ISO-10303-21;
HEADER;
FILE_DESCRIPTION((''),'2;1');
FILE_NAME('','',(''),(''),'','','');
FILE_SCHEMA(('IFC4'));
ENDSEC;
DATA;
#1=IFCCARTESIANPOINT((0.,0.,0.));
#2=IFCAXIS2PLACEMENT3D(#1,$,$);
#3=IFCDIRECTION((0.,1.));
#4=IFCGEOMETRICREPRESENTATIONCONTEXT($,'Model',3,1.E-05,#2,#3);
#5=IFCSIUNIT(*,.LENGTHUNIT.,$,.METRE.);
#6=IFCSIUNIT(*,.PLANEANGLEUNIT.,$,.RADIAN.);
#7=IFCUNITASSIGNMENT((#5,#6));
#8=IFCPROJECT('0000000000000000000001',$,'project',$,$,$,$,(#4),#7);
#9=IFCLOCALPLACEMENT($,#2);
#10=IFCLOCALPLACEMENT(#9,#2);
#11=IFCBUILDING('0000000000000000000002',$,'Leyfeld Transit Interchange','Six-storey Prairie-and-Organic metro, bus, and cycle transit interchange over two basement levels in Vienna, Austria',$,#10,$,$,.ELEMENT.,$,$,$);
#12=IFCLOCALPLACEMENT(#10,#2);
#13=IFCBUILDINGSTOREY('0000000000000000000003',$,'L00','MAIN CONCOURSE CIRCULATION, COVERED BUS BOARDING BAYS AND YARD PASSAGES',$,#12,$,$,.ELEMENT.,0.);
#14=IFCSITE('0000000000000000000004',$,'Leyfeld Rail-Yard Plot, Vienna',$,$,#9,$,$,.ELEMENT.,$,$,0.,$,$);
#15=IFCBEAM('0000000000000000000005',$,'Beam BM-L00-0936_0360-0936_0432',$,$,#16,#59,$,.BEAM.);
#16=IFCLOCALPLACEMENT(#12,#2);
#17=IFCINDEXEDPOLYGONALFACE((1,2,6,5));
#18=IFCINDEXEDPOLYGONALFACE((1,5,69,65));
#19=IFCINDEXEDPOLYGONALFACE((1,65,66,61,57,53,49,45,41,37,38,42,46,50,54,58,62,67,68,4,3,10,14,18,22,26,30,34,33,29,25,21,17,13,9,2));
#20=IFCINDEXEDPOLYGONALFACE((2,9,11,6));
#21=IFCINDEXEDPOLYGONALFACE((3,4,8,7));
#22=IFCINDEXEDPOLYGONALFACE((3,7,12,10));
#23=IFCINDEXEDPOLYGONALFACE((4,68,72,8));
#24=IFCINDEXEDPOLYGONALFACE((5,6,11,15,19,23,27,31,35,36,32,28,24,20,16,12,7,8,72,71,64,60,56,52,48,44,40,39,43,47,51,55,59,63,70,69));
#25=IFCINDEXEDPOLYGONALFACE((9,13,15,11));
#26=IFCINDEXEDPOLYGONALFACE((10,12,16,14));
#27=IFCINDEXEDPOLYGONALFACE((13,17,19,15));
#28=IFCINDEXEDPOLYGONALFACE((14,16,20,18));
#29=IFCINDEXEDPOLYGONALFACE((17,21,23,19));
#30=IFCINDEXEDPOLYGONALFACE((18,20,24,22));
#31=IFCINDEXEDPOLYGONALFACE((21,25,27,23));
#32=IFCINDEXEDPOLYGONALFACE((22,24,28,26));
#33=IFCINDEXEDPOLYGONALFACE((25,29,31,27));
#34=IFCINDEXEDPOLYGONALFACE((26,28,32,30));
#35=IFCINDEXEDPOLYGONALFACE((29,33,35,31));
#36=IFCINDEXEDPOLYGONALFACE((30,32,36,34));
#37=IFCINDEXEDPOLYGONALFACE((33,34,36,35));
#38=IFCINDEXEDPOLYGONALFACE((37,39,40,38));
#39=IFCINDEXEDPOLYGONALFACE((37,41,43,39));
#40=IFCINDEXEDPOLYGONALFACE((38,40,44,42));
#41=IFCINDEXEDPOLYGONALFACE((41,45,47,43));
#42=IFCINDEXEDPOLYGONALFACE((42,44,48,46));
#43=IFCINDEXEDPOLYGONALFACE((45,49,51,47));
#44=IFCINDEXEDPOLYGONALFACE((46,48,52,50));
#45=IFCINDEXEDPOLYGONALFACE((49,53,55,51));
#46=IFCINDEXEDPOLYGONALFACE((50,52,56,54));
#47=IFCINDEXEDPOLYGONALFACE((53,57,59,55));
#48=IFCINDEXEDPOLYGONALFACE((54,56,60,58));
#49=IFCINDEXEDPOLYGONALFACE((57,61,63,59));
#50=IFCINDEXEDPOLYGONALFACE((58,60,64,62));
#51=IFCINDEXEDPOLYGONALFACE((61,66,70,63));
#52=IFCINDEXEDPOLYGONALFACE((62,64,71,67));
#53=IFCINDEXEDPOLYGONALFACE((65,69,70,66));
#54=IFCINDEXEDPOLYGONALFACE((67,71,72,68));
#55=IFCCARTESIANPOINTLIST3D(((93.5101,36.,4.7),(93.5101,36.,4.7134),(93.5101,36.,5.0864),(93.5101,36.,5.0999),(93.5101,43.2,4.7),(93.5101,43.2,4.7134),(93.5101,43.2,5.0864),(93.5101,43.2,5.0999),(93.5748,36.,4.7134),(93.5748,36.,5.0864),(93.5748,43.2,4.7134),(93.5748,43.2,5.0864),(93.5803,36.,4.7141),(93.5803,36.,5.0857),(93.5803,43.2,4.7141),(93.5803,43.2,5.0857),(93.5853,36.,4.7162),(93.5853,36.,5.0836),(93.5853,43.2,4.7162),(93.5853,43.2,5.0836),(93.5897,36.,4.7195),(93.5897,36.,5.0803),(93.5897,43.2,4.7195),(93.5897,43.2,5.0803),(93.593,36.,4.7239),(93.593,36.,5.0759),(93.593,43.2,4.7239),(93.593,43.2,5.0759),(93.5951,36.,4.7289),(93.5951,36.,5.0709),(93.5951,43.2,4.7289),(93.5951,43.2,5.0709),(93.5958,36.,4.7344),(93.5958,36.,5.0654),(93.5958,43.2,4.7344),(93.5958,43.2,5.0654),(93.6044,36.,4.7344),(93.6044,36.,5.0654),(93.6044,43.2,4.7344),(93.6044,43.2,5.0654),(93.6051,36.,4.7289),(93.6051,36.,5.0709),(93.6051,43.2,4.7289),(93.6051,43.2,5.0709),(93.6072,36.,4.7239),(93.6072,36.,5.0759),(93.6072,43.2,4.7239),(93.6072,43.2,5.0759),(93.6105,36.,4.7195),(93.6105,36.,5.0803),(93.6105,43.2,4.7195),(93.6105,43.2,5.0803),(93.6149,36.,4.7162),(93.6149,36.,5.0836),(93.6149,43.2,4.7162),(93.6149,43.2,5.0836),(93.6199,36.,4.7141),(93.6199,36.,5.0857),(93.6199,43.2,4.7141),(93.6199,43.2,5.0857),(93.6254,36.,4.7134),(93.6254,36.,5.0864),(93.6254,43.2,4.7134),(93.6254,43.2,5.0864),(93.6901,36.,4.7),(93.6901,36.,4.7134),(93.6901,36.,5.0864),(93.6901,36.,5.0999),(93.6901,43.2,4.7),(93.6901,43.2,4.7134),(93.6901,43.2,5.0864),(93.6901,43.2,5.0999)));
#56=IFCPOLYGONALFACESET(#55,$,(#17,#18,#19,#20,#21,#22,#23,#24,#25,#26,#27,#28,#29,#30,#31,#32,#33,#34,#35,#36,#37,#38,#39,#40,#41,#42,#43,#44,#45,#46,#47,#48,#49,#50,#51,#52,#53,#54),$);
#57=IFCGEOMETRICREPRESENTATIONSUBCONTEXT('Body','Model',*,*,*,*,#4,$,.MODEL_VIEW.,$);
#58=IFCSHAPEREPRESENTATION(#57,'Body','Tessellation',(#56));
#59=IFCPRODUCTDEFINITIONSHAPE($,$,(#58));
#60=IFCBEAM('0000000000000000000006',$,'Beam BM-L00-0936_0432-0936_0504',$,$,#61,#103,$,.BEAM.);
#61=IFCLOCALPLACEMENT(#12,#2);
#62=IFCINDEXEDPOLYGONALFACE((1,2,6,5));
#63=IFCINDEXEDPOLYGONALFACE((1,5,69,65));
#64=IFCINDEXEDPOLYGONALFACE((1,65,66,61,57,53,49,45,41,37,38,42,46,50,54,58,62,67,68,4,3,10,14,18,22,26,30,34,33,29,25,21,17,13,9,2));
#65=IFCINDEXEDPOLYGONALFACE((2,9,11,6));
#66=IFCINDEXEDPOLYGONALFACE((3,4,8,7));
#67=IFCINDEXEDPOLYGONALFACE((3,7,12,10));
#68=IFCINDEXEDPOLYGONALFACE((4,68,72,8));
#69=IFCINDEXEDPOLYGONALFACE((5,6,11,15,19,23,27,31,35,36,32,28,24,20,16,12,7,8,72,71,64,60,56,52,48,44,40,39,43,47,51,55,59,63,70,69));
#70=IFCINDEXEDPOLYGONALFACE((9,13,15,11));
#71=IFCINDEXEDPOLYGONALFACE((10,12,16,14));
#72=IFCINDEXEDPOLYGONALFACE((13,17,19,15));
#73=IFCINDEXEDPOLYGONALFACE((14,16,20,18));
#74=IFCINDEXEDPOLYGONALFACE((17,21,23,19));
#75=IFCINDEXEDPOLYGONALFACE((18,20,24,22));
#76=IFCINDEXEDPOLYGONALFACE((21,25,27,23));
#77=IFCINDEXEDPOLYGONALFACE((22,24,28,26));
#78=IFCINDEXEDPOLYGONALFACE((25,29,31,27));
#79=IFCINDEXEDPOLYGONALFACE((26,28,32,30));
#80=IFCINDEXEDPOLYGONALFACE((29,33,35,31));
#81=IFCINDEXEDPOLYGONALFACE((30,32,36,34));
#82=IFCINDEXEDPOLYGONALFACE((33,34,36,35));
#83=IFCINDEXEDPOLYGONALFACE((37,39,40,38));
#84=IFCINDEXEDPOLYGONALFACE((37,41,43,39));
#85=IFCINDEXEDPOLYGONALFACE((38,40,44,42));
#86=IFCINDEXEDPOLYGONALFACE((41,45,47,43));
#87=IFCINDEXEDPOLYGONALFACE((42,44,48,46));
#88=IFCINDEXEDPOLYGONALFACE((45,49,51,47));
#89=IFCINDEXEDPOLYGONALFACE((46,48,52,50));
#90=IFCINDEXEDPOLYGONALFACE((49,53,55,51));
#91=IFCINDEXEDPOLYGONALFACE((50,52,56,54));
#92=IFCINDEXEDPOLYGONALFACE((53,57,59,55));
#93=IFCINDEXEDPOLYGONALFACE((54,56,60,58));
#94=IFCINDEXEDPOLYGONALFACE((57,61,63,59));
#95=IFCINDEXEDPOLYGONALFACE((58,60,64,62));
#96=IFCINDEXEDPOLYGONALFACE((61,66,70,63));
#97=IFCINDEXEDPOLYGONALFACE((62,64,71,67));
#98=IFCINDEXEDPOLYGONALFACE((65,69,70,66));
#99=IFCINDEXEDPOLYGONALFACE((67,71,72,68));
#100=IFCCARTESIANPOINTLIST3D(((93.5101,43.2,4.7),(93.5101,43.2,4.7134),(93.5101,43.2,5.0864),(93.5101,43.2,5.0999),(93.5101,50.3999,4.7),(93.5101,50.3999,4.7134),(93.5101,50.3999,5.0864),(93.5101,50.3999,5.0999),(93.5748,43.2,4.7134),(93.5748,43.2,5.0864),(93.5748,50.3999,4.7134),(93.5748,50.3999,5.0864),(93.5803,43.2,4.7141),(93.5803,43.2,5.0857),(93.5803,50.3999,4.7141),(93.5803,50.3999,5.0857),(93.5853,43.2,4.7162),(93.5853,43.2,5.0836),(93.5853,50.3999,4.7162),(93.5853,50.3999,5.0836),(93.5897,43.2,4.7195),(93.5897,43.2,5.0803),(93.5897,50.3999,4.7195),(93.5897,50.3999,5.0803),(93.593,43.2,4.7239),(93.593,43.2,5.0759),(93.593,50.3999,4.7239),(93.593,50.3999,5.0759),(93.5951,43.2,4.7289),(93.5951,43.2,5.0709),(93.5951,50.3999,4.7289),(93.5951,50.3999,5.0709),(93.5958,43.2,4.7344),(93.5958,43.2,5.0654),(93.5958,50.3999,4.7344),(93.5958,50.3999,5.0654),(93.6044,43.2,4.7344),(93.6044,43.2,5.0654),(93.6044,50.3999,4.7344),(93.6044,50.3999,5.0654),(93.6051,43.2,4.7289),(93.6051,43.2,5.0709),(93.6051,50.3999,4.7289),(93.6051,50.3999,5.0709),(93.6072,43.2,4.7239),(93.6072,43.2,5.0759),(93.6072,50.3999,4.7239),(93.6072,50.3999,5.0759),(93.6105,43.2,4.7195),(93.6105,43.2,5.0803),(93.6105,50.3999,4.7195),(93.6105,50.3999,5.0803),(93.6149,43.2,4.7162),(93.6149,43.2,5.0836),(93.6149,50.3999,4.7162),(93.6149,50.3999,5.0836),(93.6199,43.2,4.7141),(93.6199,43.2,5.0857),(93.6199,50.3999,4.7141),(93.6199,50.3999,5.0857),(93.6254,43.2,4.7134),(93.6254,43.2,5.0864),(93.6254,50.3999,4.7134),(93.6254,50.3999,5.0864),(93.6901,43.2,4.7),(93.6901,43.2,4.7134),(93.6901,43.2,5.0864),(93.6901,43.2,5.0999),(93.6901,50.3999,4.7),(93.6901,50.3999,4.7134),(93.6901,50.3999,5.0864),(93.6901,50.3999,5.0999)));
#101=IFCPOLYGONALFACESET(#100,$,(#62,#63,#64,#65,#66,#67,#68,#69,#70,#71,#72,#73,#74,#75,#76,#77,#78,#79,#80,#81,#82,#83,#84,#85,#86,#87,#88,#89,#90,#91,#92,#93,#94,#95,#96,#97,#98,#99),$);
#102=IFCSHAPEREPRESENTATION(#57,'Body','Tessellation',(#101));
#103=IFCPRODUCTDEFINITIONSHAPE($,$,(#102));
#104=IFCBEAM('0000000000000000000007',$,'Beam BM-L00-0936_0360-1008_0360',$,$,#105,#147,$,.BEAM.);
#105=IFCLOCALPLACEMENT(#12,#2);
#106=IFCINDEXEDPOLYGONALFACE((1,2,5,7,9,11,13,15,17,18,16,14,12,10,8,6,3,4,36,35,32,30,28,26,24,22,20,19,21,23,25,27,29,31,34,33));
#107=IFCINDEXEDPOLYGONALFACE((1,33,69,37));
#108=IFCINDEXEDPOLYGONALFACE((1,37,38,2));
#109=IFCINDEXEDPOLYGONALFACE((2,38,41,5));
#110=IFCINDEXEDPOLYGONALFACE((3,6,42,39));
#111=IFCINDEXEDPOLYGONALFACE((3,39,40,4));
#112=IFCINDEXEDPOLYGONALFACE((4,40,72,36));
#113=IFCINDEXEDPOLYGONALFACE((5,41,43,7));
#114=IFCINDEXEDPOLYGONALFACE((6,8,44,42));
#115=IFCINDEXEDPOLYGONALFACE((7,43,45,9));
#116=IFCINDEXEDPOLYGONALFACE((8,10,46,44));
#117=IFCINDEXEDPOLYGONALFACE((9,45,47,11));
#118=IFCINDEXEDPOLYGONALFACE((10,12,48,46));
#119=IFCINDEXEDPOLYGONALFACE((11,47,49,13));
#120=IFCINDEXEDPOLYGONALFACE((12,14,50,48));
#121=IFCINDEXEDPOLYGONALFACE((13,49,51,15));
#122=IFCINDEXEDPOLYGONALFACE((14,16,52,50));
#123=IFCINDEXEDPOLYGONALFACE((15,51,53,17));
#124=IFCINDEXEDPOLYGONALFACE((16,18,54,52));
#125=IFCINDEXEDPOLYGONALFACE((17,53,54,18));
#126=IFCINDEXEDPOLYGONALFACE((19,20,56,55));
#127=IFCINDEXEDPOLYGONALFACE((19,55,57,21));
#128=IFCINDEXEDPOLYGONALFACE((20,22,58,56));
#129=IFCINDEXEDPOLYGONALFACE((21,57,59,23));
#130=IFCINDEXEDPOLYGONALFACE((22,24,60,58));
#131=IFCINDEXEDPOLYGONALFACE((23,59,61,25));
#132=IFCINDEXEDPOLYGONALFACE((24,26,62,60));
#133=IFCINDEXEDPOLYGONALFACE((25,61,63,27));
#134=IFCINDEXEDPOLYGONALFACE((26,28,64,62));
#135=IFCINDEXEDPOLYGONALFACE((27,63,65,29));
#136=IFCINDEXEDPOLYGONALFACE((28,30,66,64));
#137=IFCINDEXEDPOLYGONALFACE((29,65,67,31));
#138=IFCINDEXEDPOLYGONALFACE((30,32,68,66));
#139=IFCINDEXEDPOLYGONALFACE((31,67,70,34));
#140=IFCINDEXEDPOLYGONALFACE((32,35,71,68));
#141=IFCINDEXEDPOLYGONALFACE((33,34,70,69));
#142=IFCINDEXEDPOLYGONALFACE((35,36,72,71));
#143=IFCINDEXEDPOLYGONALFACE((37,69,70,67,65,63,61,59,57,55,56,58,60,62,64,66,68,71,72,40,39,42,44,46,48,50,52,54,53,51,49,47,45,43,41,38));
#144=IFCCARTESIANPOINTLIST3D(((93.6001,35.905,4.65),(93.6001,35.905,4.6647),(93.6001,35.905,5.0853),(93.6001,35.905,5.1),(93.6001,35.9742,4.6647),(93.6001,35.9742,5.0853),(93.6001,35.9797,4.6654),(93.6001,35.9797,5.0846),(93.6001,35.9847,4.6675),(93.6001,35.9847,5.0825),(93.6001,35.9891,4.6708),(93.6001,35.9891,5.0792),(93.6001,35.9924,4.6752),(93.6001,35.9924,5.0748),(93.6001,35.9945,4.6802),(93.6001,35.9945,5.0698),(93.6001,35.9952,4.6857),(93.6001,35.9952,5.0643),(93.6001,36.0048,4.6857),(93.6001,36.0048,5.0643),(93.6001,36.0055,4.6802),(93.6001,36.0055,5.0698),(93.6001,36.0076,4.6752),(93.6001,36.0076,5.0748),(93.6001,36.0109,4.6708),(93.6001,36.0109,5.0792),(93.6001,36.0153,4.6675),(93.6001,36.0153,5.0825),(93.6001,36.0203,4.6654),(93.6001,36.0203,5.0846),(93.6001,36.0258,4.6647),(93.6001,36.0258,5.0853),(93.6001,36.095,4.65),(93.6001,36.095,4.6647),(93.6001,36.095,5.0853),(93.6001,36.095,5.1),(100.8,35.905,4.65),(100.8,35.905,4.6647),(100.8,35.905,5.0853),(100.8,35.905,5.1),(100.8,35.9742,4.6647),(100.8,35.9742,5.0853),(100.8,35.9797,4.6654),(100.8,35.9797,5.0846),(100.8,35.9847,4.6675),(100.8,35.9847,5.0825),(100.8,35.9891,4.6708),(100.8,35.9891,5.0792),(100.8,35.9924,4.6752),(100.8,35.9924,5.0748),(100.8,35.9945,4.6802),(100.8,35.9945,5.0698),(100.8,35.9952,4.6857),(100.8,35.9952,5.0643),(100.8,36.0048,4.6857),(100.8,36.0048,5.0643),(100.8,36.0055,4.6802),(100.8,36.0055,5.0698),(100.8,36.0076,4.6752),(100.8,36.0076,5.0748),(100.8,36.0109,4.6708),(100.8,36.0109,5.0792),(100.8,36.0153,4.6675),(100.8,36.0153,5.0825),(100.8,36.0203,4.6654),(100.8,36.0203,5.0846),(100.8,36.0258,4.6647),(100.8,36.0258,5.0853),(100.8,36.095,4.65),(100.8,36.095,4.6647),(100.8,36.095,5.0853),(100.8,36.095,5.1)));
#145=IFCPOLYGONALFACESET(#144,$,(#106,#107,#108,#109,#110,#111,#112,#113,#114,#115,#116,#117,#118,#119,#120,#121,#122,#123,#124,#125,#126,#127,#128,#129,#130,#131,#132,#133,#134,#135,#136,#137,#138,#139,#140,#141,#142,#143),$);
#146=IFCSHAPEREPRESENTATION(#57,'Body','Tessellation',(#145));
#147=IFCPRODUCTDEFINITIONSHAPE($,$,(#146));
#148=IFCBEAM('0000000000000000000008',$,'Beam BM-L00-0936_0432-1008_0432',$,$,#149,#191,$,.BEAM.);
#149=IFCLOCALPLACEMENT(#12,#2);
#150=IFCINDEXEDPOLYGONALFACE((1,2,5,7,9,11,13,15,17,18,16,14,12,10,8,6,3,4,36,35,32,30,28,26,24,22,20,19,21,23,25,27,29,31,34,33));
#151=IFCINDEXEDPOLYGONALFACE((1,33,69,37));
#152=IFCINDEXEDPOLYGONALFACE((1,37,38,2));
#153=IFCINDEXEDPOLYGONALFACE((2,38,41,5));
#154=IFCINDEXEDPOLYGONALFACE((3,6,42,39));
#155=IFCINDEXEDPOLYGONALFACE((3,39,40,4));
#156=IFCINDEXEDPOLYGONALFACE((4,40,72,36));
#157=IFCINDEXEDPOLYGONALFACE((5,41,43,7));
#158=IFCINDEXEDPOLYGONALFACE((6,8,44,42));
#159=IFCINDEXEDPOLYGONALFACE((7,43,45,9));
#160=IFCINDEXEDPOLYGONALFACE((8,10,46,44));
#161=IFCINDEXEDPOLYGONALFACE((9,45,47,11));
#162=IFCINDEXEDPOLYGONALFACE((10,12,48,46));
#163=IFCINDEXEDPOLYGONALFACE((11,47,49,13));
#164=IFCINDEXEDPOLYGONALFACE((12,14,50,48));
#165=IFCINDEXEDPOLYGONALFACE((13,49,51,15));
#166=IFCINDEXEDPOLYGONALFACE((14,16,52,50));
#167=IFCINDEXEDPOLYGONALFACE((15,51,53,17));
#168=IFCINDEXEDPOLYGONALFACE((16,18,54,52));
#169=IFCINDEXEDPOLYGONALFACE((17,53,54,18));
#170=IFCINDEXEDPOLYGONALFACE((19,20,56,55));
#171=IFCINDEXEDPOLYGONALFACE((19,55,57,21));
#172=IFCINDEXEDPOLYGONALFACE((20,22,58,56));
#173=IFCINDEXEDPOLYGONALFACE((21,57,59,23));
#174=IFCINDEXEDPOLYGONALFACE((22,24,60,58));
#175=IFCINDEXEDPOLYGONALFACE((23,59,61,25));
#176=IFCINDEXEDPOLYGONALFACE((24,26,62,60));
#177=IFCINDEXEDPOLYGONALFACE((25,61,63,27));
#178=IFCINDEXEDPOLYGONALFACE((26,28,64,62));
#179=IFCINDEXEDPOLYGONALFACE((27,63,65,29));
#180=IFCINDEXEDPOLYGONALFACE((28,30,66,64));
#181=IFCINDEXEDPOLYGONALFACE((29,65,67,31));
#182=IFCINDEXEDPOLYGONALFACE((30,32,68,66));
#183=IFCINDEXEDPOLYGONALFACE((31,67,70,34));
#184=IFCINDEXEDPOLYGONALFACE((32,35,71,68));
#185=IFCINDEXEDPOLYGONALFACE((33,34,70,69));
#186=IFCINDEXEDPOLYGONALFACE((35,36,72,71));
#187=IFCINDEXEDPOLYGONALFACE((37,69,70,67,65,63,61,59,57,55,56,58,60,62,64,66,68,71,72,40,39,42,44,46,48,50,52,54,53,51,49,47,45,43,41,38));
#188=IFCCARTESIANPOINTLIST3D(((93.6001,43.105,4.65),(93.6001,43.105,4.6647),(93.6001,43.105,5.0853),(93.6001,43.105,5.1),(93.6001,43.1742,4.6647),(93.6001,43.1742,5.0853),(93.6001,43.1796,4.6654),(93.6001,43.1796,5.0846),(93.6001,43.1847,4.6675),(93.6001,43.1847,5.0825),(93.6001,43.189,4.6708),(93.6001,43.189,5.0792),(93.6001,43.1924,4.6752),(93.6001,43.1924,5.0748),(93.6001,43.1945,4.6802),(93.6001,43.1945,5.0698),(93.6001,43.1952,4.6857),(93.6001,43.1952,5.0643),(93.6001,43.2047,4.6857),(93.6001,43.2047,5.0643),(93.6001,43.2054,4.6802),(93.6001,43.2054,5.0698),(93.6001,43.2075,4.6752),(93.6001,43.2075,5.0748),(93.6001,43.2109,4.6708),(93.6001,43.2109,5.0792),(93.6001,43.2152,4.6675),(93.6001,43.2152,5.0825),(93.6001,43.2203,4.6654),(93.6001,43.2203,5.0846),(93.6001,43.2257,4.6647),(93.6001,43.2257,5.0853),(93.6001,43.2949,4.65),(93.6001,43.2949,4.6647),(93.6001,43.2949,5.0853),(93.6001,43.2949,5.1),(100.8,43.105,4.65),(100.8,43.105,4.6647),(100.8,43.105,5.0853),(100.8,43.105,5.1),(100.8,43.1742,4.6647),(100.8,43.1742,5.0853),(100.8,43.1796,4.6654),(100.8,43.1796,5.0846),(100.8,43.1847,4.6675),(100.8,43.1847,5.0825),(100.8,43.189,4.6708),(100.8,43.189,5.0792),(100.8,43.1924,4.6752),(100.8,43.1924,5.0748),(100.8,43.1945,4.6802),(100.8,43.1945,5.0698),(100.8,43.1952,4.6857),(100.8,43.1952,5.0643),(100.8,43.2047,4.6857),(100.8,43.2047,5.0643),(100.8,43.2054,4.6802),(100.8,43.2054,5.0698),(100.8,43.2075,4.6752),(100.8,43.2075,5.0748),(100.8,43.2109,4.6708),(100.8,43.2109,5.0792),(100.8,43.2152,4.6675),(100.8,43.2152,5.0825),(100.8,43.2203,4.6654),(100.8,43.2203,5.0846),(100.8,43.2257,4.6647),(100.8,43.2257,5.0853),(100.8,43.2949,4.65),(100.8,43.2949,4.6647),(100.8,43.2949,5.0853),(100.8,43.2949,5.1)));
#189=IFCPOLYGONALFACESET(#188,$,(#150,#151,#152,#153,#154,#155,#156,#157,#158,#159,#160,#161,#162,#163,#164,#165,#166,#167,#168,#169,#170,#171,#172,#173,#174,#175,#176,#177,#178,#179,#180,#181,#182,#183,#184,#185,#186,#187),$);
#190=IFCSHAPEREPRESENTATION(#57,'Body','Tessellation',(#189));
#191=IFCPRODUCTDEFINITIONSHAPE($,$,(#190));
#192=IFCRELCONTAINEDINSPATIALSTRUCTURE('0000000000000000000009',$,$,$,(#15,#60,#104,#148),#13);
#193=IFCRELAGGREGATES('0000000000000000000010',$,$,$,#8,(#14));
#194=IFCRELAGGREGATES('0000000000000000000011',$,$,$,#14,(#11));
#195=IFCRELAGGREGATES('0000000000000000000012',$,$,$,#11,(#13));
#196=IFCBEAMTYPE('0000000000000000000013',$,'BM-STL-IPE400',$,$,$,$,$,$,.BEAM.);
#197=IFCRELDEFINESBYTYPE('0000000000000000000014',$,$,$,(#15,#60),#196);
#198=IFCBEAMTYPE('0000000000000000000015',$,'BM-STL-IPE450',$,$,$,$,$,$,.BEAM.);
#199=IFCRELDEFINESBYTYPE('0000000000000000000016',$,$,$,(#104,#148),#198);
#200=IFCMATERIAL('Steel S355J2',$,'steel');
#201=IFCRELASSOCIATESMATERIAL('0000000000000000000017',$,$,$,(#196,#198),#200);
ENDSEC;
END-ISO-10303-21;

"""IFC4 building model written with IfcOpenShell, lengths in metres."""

from ifc_helpers import new_model, si_unit, direction, frame, origin, origin_2d, place, context, subcontext, project, spatial, i_section, extrude, material, material_profile, profile_set, type_object, element, save


model = new_model("IFC4")

# Units and contexts
model_context = context("Model", 3, precision=1e-05, world=origin(), true_north=direction((0.0, 1.0)))
body_context = subcontext(model_context, "Body", "Model", "MODEL_VIEW")
ifc_project = project(units=[si_unit("LENGTHUNIT", "METRE"), si_unit("PLANEANGLEUNIT", "RADIAN")], contexts=[model_context])

# Site, building, storey
site_placement = place(None, origin())
site = spatial("IfcSite", under=ifc_project, at=site_placement, Name="Leyfeld Rail-Yard Plot, Vienna", CompositionType="ELEMENT", RefElevation=0.0)
building_placement = place(site_placement, origin())
building = spatial("IfcBuilding", under=site, at=building_placement, Name="Leyfeld Transit Interchange", Description="Six-storey Prairie-and-Organic metro, bus, and cycle transit interchange over two basement levels in Vienna, Austria", CompositionType="ELEMENT")
storey_placement = place(building_placement, origin())
storey = spatial("IfcBuildingStorey", under=building, at=storey_placement, Name="L00", Description="MAIN CONCOURSE CIRCULATION, COVERED BUS BOARDING BAYS AND YARD PASSAGES", CompositionType="ELEMENT", Elevation=0.0)

# Shared definitions
ifc_material_1 = material(Name="Steel S355J2", Category="steel")

# Beams
ifc_material_profile_1 = material_profile(ifc_material_1, i_section(OverallWidth=0.1799, OverallDepth=0.3999, WebThickness=0.0085, FlangeThickness=0.0134, FilletRadius=0.021, at=origin_2d()), Name="IPE 400")
ifc_profile_set_1 = profile_set([ifc_material_profile_1], Name="Steel S355J2")
beam_type_1 = type_object("IfcBeamType", Name="BM-STL-IPE400", PredefinedType="BEAM", material=ifc_profile_set_1)
for number, where, z_axis, x_axis, name in (
    (1, (93.6001, 36.0, 4.8999), (0.0, 1.0, 0.0), (-1.0, 0.0, 0.0), "Beam BM-L00-0936_0360-0936_0432"),
    (2, (93.6001, 43.2, 4.8999), (0.0, 1.0, 0.0), (-1.0, 0.0, 0.0), "Beam BM-L00-0936_0432-0936_0504"),
):
    element("IfcBeam", number, at=place(storey_placement, frame(where, z_axis=z_axis, x_axis=x_axis)), inside=storey, type_object=beam_type_1, Name=name, PredefinedType="BEAM", context=body_context, shape_type="SweptSolid", body=[
        extrude(i_section(OverallWidth=0.1799, OverallDepth=0.3999, WebThickness=0.0085, FlangeThickness=0.0134, FilletRadius=0.021, at=origin_2d()), origin(), (0.0, 0.0, 1.0), 7.2),
    ])
ifc_material_profile_2 = material_profile(ifc_material_1, i_section(OverallWidth=0.1899, OverallDepth=0.45, WebThickness=0.0095, FlangeThickness=0.0146, FilletRadius=0.021, at=origin_2d()), Name="IPE 450")
ifc_profile_set_2 = profile_set([ifc_material_profile_2], Name="Steel S355J2")
beam_type_2 = type_object("IfcBeamType", Name="BM-STL-IPE450", PredefinedType="BEAM", material=ifc_profile_set_2)
for number, where, z_axis, x_axis, name in (
    (3, (93.6001, 36.0, 4.875), (1.0, 0.0, 0.0), (0.0, 1.0, 0.0), "Beam BM-L00-0936_0360-1008_0360"),
    (4, (93.6001, 43.2, 4.875), (1.0, 0.0, 0.0), (0.0, 1.0, 0.0), "Beam BM-L00-0936_0432-1008_0432"),
):
    element("IfcBeam", number, at=place(storey_placement, frame(where, z_axis=z_axis, x_axis=x_axis)), inside=storey, type_object=beam_type_2, Name=name, PredefinedType="BEAM", context=body_context, shape_type="SweptSolid", body=[
        extrude(i_section(OverallWidth=0.1899, OverallDepth=0.45, WebThickness=0.0095, FlangeThickness=0.0146, FilletRadius=0.021, at=origin_2d()), origin(), (0.0, 0.0, 1.0), 7.2),
    ])

save(model, "model.ifc")
